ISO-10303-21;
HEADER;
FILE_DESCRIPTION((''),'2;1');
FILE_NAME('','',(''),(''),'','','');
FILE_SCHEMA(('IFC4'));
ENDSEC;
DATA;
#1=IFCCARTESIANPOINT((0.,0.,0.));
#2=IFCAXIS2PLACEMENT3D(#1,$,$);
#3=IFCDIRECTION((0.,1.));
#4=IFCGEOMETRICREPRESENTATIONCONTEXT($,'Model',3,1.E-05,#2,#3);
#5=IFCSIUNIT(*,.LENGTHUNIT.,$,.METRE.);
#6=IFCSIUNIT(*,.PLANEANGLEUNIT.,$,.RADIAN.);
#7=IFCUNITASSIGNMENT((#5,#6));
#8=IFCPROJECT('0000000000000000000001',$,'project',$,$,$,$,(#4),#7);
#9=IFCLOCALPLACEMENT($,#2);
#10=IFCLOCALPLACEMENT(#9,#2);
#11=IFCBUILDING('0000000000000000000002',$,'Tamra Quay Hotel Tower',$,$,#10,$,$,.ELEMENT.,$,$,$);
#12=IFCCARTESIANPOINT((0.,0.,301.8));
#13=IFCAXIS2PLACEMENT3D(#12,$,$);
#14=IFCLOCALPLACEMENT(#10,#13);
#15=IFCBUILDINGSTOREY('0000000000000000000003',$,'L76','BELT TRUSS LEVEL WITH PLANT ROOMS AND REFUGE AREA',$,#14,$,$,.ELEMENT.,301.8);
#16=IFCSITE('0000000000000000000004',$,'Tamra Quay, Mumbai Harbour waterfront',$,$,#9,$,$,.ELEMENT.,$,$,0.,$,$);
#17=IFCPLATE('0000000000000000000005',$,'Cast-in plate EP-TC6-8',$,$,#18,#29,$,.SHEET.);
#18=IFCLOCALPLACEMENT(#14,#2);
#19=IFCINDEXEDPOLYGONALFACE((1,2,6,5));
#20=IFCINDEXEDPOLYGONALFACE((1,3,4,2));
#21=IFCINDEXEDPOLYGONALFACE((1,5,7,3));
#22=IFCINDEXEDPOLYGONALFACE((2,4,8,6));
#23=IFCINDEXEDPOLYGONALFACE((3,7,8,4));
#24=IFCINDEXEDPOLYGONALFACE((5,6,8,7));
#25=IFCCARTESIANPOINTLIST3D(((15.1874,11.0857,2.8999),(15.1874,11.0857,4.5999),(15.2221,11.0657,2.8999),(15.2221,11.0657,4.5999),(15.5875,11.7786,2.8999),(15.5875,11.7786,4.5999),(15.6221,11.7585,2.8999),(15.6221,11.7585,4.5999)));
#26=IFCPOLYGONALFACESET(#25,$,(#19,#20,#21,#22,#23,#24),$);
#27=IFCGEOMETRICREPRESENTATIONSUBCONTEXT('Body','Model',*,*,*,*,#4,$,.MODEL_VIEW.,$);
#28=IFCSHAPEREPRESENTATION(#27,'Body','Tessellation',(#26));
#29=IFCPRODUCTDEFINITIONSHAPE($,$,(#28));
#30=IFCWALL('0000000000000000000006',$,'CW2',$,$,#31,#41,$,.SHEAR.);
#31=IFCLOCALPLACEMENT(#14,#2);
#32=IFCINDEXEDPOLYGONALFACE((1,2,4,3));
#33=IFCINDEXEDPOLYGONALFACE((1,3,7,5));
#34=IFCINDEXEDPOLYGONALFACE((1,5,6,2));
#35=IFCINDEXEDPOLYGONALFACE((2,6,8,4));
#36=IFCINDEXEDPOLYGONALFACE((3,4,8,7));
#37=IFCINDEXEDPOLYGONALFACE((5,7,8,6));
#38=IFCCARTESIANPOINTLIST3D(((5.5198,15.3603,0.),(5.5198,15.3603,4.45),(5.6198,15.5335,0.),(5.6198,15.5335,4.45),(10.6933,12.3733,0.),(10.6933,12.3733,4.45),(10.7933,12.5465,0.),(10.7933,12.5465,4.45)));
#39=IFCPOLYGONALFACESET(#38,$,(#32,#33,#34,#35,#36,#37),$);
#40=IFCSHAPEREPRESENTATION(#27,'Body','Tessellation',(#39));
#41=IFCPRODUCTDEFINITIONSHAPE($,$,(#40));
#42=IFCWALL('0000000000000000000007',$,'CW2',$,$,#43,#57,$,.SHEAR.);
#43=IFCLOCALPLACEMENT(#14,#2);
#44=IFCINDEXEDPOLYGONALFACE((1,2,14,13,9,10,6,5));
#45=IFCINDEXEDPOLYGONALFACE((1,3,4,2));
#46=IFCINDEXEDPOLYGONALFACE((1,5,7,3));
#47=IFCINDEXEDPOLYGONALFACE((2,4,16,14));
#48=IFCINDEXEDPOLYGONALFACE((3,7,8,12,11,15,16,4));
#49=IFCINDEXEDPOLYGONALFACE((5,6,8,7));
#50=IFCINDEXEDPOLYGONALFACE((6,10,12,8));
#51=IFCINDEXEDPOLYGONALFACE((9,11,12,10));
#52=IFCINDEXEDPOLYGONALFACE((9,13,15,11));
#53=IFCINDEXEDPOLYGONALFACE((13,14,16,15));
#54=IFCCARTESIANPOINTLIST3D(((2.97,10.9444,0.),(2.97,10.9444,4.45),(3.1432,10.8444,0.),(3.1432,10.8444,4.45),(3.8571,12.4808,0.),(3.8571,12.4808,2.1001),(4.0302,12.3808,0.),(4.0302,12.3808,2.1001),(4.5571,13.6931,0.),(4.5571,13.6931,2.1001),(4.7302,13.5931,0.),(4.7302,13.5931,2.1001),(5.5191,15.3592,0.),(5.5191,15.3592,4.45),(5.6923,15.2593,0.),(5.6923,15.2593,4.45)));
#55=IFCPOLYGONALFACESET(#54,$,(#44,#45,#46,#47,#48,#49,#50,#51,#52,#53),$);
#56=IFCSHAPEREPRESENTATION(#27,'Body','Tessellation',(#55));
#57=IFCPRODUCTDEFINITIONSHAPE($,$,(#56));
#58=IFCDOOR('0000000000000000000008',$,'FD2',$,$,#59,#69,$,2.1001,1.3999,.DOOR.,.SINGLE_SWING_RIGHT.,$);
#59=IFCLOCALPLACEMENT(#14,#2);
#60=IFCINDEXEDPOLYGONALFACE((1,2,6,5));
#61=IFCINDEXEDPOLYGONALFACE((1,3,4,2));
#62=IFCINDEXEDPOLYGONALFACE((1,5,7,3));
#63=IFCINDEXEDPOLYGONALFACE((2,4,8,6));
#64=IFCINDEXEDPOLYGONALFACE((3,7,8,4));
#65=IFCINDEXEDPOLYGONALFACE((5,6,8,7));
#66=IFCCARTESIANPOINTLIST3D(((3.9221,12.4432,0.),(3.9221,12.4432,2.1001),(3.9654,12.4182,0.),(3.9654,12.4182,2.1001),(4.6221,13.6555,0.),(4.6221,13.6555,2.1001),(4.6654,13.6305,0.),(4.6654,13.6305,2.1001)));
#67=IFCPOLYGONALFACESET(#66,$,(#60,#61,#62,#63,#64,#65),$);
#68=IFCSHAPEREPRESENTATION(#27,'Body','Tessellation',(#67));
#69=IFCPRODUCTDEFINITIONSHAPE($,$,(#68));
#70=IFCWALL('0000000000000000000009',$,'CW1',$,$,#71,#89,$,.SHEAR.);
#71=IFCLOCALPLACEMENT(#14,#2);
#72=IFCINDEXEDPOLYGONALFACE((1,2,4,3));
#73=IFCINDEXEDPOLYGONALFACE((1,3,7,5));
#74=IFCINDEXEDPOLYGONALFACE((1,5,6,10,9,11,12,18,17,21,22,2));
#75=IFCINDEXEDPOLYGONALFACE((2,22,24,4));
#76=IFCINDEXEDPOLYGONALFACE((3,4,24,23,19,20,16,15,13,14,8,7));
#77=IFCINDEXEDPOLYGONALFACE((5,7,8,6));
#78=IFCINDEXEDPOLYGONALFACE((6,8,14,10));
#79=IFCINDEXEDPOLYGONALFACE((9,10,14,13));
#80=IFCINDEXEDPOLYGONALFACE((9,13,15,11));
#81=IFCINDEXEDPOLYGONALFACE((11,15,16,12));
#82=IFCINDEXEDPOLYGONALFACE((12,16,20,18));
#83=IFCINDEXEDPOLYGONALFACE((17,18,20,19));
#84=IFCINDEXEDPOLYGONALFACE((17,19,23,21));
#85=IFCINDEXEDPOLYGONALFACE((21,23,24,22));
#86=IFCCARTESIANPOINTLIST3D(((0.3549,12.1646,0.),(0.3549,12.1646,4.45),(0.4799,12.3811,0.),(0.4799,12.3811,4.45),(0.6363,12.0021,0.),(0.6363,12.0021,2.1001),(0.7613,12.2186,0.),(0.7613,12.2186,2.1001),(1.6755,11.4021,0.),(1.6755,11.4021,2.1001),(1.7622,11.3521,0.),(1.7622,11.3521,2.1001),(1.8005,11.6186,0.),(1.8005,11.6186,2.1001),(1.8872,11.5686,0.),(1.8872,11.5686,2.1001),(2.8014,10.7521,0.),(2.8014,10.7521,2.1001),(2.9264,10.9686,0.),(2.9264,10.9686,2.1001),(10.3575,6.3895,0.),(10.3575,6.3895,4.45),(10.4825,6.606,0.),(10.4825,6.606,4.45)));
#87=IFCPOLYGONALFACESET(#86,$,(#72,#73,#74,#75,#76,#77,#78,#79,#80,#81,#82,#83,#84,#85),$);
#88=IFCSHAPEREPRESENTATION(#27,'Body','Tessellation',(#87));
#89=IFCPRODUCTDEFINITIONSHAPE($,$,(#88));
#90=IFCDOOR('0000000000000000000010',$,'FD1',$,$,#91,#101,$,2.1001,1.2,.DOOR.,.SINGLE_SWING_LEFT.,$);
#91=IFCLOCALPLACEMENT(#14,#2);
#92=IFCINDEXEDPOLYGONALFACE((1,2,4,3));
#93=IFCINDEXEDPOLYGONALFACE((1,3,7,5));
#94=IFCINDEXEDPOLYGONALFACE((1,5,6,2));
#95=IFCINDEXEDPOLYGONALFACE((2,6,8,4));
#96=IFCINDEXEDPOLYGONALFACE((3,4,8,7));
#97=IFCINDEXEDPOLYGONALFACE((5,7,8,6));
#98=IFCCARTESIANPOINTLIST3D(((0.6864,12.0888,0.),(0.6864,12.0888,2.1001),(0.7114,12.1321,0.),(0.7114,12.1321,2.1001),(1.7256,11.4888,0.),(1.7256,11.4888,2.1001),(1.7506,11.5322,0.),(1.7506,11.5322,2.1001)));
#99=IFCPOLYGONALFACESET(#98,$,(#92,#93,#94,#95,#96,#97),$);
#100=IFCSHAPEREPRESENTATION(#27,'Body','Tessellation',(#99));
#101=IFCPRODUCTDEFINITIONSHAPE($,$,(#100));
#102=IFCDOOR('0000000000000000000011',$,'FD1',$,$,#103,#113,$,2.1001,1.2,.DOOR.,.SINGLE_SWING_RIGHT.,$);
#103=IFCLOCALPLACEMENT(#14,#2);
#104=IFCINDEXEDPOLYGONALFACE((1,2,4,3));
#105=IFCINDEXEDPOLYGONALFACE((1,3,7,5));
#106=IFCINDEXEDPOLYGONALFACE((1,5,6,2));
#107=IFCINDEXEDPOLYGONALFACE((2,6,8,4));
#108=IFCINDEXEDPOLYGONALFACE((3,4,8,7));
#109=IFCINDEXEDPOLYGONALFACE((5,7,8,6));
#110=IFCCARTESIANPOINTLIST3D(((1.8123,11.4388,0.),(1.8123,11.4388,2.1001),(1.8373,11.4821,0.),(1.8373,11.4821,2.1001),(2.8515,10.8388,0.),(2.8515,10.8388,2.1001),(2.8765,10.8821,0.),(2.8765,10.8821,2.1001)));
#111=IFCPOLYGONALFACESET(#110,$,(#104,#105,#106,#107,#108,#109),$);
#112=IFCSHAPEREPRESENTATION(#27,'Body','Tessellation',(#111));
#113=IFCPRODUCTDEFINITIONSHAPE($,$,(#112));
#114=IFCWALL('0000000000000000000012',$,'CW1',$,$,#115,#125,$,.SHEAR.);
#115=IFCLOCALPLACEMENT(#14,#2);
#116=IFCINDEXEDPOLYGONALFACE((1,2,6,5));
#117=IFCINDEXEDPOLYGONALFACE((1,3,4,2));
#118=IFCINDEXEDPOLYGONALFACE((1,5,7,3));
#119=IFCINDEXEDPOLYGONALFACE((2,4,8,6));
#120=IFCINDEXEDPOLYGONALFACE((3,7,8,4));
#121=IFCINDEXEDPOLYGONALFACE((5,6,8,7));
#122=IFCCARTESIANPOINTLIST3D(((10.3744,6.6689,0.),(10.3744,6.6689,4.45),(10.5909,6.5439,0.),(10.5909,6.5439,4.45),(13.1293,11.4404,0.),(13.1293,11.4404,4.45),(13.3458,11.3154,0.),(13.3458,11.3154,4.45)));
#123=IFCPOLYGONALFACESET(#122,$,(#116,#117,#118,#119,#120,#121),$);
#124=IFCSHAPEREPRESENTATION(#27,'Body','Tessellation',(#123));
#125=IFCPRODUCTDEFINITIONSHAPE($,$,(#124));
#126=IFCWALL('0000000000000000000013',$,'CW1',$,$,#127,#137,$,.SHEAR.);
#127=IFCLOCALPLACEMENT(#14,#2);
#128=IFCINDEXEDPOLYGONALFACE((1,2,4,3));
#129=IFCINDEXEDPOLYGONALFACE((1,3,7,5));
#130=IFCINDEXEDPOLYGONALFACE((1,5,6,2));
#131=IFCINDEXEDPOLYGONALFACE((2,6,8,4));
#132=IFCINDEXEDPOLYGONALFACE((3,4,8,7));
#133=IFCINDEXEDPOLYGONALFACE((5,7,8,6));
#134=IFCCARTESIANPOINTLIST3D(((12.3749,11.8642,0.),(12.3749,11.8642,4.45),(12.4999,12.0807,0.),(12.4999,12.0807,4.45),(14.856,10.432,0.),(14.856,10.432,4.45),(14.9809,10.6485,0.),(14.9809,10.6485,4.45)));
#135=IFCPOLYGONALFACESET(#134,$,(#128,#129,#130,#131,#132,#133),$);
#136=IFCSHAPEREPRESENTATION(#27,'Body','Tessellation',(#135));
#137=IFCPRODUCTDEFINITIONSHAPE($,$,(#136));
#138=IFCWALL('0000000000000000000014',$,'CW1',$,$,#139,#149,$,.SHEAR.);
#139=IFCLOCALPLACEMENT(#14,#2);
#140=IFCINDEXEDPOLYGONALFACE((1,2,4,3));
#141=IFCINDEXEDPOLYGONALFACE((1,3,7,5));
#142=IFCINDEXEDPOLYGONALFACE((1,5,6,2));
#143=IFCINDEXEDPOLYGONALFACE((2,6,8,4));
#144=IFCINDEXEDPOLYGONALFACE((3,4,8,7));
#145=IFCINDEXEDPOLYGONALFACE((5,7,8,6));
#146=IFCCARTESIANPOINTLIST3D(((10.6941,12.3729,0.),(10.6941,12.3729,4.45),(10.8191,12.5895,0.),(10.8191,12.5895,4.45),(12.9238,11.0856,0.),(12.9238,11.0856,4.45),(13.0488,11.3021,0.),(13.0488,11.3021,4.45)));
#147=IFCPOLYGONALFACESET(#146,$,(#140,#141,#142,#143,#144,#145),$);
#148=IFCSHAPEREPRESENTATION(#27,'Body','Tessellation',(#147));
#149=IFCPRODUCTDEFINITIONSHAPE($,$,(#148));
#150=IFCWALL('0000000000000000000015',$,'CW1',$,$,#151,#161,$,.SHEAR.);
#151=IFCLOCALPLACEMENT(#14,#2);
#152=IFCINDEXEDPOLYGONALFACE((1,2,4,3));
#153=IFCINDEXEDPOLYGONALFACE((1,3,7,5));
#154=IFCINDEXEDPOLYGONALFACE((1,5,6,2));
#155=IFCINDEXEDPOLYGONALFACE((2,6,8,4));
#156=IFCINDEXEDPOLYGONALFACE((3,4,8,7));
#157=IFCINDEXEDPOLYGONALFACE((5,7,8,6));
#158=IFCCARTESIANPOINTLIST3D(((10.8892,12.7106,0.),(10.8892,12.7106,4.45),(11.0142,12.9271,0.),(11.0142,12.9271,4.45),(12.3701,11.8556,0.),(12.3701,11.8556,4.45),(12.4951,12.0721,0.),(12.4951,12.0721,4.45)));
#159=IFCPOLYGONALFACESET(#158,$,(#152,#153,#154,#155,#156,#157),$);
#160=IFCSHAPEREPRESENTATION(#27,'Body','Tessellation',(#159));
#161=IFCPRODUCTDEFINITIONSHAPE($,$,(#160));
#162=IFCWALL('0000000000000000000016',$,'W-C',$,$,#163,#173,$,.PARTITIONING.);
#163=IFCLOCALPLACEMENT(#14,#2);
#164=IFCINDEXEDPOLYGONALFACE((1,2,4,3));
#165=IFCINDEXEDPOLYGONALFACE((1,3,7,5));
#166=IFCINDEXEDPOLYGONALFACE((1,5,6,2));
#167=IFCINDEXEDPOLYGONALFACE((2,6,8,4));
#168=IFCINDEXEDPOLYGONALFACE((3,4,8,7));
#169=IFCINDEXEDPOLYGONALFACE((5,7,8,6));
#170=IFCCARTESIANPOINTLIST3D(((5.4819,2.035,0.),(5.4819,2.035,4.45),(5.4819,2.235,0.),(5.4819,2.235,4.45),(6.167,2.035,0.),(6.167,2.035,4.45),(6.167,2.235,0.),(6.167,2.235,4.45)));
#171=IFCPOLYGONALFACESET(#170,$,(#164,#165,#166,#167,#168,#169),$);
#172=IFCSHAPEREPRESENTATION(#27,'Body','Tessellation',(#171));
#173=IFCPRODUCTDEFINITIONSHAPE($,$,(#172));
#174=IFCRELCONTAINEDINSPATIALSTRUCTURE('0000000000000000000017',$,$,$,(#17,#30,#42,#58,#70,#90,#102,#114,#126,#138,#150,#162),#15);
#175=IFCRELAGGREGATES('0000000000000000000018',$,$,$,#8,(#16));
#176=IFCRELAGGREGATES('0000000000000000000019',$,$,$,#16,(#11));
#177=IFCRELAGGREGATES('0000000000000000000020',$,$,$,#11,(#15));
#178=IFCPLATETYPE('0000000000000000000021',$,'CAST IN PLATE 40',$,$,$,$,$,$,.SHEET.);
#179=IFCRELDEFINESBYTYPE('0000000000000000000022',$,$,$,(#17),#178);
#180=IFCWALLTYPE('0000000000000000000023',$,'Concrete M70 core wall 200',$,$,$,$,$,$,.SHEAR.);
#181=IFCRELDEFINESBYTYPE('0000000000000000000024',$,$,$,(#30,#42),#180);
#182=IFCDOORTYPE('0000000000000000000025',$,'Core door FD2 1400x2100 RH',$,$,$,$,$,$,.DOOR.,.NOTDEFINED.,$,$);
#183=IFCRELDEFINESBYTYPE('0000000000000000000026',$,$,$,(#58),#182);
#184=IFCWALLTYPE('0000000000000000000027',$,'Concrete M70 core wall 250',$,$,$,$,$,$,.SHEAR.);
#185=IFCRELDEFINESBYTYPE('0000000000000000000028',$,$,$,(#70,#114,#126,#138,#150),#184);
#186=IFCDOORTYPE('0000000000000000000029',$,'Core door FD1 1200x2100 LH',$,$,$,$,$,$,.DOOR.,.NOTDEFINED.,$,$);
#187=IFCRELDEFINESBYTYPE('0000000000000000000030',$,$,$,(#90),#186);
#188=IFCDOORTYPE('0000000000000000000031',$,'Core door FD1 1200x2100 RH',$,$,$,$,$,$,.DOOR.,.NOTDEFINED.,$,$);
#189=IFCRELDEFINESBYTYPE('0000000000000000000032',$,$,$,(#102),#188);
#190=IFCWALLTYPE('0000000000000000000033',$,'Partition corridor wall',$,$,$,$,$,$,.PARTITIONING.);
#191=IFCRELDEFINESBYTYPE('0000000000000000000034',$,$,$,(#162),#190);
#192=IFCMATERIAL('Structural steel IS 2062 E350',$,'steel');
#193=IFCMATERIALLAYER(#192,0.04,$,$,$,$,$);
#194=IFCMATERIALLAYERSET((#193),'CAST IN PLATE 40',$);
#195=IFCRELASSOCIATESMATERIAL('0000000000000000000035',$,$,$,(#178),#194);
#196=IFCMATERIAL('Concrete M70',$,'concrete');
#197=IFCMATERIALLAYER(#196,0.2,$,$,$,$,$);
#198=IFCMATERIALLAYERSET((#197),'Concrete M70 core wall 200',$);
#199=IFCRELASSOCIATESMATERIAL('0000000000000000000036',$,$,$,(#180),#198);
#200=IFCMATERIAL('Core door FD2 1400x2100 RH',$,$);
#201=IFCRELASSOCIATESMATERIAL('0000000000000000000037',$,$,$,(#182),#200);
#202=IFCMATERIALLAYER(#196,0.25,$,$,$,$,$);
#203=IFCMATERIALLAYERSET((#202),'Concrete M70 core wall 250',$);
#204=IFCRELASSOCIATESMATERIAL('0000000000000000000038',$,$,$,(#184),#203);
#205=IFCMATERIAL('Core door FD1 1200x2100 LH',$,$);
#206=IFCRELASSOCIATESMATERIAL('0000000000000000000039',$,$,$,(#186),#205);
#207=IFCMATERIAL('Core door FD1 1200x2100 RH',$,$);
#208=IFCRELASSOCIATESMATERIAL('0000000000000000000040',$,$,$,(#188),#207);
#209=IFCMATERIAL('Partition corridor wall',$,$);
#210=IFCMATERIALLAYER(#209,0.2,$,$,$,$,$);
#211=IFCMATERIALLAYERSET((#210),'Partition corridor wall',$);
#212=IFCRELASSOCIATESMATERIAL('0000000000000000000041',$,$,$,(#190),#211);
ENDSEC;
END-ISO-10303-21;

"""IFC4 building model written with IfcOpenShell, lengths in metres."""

from ifc_helpers import new_model, si_unit, direction, frame, frame_2d, origin, origin_2d, place, context, subcontext, project, spatial, rectangle, extrude, material, layer, layer_set, type_object, element, fill, save


model = new_model("IFC4")

# Units and contexts
model_context = context("Model", 3, precision=1e-05, world=origin(), true_north=direction((0.0, 1.0)))
body_context = subcontext(model_context, "Body", "Model", "MODEL_VIEW")
ifc_project = project(units=[si_unit("LENGTHUNIT", "METRE"), si_unit("PLANEANGLEUNIT", "RADIAN")], contexts=[model_context])

# Site, building, storey
site_placement = place(None, origin())
site = spatial("IfcSite", under=ifc_project, at=site_placement, Name="Tamra Quay, Mumbai Harbour waterfront", CompositionType="ELEMENT", RefElevation=0.0)
building_placement = place(site_placement, origin())
building = spatial("IfcBuilding", under=site, at=building_placement, Name="Tamra Quay Hotel Tower", CompositionType="ELEMENT")
storey_placement = place(building_placement, frame((0.0, 0.0, 301.8)))
storey = spatial("IfcBuildingStorey", under=building, at=storey_placement, Name="L76", Description="BELT TRUSS LEVEL WITH PLANT ROOMS AND REFUGE AREA", CompositionType="ELEMENT", Elevation=301.8)

# Plate
ifc_material_1 = material(Name="Structural steel IS 2062 E350", Category="steel")
ifc_layer_1 = layer(ifc_material_1, 0.04)
ifc_layer_set_1 = layer_set([ifc_layer_1], Name="CAST IN PLATE 40")
plate_type = type_object("IfcPlateType", Name="CAST IN PLATE 40", PredefinedType="SHEET", material=ifc_layer_set_1)
plate_placement = place(storey_placement, frame((15.4048, 11.4221, 2.8999), z_axis=(0.0, 0.0, 1.0), x_axis=(-0.866025, 0.5, 0.0)))
element("IfcPlate", 1, at=plate_placement, inside=storey, type_object=plate_type, Name="Cast-in plate EP-TC6-8", PredefinedType="SHEET", context=body_context, shape_type="SweptSolid", body=[
    extrude(rectangle(XDim=0.04, YDim=0.8, at=origin_2d()), origin(), (0.0, 0.0, 1.0), 1.7),
])

# Wall
ifc_material_2 = material(Name="Concrete M70", Category="concrete")
ifc_layer_2 = layer(ifc_material_2, 0.2)
ifc_layer_set_2 = layer_set([ifc_layer_2], Name="Concrete M70 core wall 200")
wall_type_1 = type_object("IfcWallType", Name="Concrete M70 core wall 200", PredefinedType="SHEAR", material=ifc_layer_set_2)
wall_1_placement = place(storey_placement, frame((10.7432, 12.46, 0.0), z_axis=(0.0, 0.0, 1.0), x_axis=(-0.866019, 0.500011, 0.0)))
element("IfcWall", 2, at=wall_1_placement, inside=storey, type_object=wall_type_1, Name="CW2", PredefinedType="SHEAR", context=body_context, shape_type="SweptSolid", body=[
    extrude(rectangle(XDim=5.9739, YDim=0.2, at=frame_2d((2.9868, 0.0))), origin(), (0.0, 0.0, 1.0), 4.45),
])

# Wall, opening, door
wall_2_placement = place(storey_placement, frame((3.0566, 10.8945, 0.0), z_axis=(0.0, 0.0, 1.0), x_axis=(0.500028, 0.866009, 0.0)))
wall_2 = element("IfcWall", 3, at=wall_2_placement, inside=storey, type_object=wall_type_1, Name="CW2", PredefinedType="SHEAR", context=body_context, shape_type="SweptSolid", body=[
    extrude(rectangle(XDim=5.0979, YDim=0.2, at=frame_2d((2.5488, 0.0))), origin(), (0.0, 0.0, 1.0), 4.45),
])
opening_1_placement = place(wall_2_placement, frame((1.7739, 0.0, 0.0)))
opening_1 = element("IfcOpeningElement", 4, at=opening_1_placement, cuts=wall_2, PredefinedType="OPENING", context=body_context, shape_type="SweptSolid", body=[
    extrude(rectangle(XDim=1.3999, YDim=2.1001, at=frame_2d((0.7, 1.05))), frame((0.0, 0.1099, 0.0), z_axis=(0.0, -1.0, 0.0), x_axis=(1.0, 0.0, 0.0)), (0.0, 0.0, 1.0), 0.22),
])
ifc_material_3 = material(Name="Core door FD2 1400x2100 RH")
door_type_1 = type_object("IfcDoorType", Name="Core door FD2 1400x2100 RH", OperationType="NOTDEFINED", PredefinedType="DOOR", material=ifc_material_3)
door_1_placement = place(opening_1_placement, origin())
door_1 = element("IfcDoor", 5, at=door_1_placement, inside=storey, type_object=door_type_1, Name="FD2", OperationType="SINGLE_SWING_RIGHT", OverallHeight=2.1001, OverallWidth=1.3999, PredefinedType="DOOR", context=body_context, shape_type="SweptSolid", body=[
    extrude(rectangle(XDim=1.3999, YDim=2.1001, at=frame_2d((0.7, 1.05))), frame((0.0, 0.0249, 0.0), z_axis=(0.0, -1.0, 0.0), x_axis=(1.0, 0.0, 0.0)), (0.0, 0.0, 1.0), 0.05),
])
fill(opening_1, door_1)

# Wall, openings, doors
ifc_layer_3 = layer(ifc_material_2, 0.25)
ifc_layer_set_3 = layer_set([ifc_layer_3], Name="Concrete M70 core wall 250")
wall_type_2 = type_object("IfcWallType", Name="Concrete M70 core wall 250", PredefinedType="SHEAR", material=ifc_layer_set_3)
wall_3_placement = place(storey_placement, frame((10.4199, 6.4978, 0.0), z_axis=(0.0, 0.0, 1.0), x_axis=(-0.866022, 0.500006, 0.0)))
wall_3 = element("IfcWall", 6, at=wall_3_placement, inside=storey, type_object=wall_type_2, Name="CW1", PredefinedType="SHEAR", context=body_context, shape_type="SweptSolid", body=[
    extrude(rectangle(XDim=11.55, YDim=0.25, at=frame_2d((5.7749, 0.0))), origin(), (0.0, 0.0, 1.0), 4.45),
])
opening_2_placement = place(wall_3_placement, frame((10.0249, 0.0, 0.0)))
opening_2 = element("IfcOpeningElement", 7, at=opening_2_placement, cuts=wall_3, PredefinedType="OPENING", context=body_context, shape_type="SweptSolid", body=[
    extrude(rectangle(XDim=1.2, YDim=2.1001, at=frame_2d((0.6001, 1.05))), frame((0.0, 0.135, 0.0), z_axis=(0.0, -1.0, 0.0), x_axis=(1.0, 0.0, 0.0)), (0.0, 0.0, 1.0), 0.27),
])
opening_3_placement = place(wall_3_placement, frame((8.7249, 0.0, 0.0)))
opening_3 = element("IfcOpeningElement", 8, at=opening_3_placement, cuts=wall_3, PredefinedType="OPENING", context=body_context, shape_type="SweptSolid", body=[
    extrude(rectangle(XDim=1.2, YDim=2.1001, at=frame_2d((0.6001, 1.05))), frame((0.0, 0.135, 0.0), z_axis=(0.0, -1.0, 0.0), x_axis=(1.0, 0.0, 0.0)), (0.0, 0.0, 1.0), 0.27),
])
ifc_material_4 = material(Name="Core door FD1 1200x2100 LH")
door_type_2 = type_object("IfcDoorType", Name="Core door FD1 1200x2100 LH", OperationType="NOTDEFINED", PredefinedType="DOOR", material=ifc_material_4)
door_2_placement = place(opening_2_placement, origin())
door_2 = element("IfcDoor", 9, at=door_2_placement, inside=storey, type_object=door_type_2, Name="FD1", OperationType="SINGLE_SWING_LEFT", OverallHeight=2.1001, OverallWidth=1.2, PredefinedType="DOOR", context=body_context, shape_type="SweptSolid", body=[
    extrude(rectangle(XDim=1.2, YDim=2.1001, at=frame_2d((0.6001, 1.05))), frame((0.0, 0.0249, 0.0), z_axis=(0.0, -1.0, 0.0), x_axis=(1.0, 0.0, 0.0)), (0.0, 0.0, 1.0), 0.05),
])
fill(opening_2, door_2)
ifc_material_5 = material(Name="Core door FD1 1200x2100 RH")
door_type_3 = type_object("IfcDoorType", Name="Core door FD1 1200x2100 RH", OperationType="NOTDEFINED", PredefinedType="DOOR", material=ifc_material_5)
door_3_placement = place(opening_3_placement, origin())
door_3 = element("IfcDoor", 10, at=door_3_placement, inside=storey, type_object=door_type_3, Name="FD1", OperationType="SINGLE_SWING_RIGHT", OverallHeight=2.1001, OverallWidth=1.2, PredefinedType="DOOR", context=body_context, shape_type="SweptSolid", body=[
    extrude(rectangle(XDim=1.2, YDim=2.1001, at=frame_2d((0.6001, 1.05))), frame((0.0, 0.0249, 0.0), z_axis=(0.0, -1.0, 0.0), x_axis=(1.0, 0.0, 0.0)), (0.0, 0.0, 1.0), 0.05),
])
fill(opening_3, door_3)

# Walls
wall_4_placement = place(storey_placement, frame((13.2375, 11.3779, 0.0), z_axis=(0.0, 0.0, 1.0), x_axis=(-0.500009, -0.86602, 0.0)))
element("IfcWall", 11, at=wall_4_placement, inside=storey, type_object=wall_type_2, Name="CW1", PredefinedType="SHEAR", context=body_context, shape_type="SweptSolid", body=[
    extrude(rectangle(XDim=5.5098, YDim=0.25, at=frame_2d((2.7549, 0.0))), origin(), (0.0, 0.0, 1.0), 4.45),
])
wall_5_placement = place(storey_placement, frame((14.9185, 10.5403, 0.0), z_axis=(0.0, 0.0, 1.0), x_axis=(-0.866064, 0.499934, 0.0)))
element("IfcWall", 12, at=wall_5_placement, inside=storey, type_object=wall_type_2, Name="CW1", PredefinedType="SHEAR", context=body_context, shape_type="SweptSolid", body=[
    extrude(rectangle(XDim=2.8647, YDim=0.25, at=frame_2d((1.4324, 0.0))), origin(), (0.0, 0.0, 1.0), 4.45),
])
wall_6_placement = place(storey_placement, frame((10.7566, 12.4812, 0.0), z_axis=(0.0, 0.0, 1.0), x_axis=(0.866023, -0.500004, 0.0)))
element("IfcWall", 13, at=wall_6_placement, inside=storey, type_object=wall_type_2, Name="CW1", PredefinedType="SHEAR", context=body_context, shape_type="SweptSolid", body=[
    extrude(rectangle(XDim=2.5747, YDim=0.25, at=frame_2d((1.2874, 0.0))), origin(), (0.0, 0.0, 1.0), 4.45),
])
wall_7_placement = place(storey_placement, frame((12.4326, 11.9639, 0.0), z_axis=(0.0, 0.0, 1.0), x_axis=(-0.866038, 0.499978, 0.0)))
element("IfcWall", 14, at=wall_7_placement, inside=storey, type_object=wall_type_2, Name="CW1", PredefinedType="SHEAR", context=body_context, shape_type="SweptSolid", body=[
    extrude(rectangle(XDim=1.71, YDim=0.25, at=frame_2d((0.855, 0.0))), origin(), (0.0, 0.0, 1.0), 4.45),
])
ifc_material_6 = material(Name="Partition corridor wall")
ifc_layer_4 = layer(ifc_material_6, 0.2)
ifc_layer_set_4 = layer_set([ifc_layer_4], Name="Partition corridor wall")
wall_type_3 = type_object("IfcWallType", Name="Partition corridor wall", PredefinedType="PARTITIONING", material=ifc_layer_set_4)
wall_8_placement = place(storey_placement, frame((5.4819, 2.135, 0.0), z_axis=(0.0, 0.0, 1.0), x_axis=(1.0, 0.0, 0.0)))
element("IfcWall", 15, at=wall_8_placement, inside=storey, type_object=wall_type_3, Name="W-C", PredefinedType="PARTITIONING", context=body_context, shape_type="SweptSolid", body=[
    extrude(rectangle(XDim=0.6851, YDim=0.2, at=frame_2d((0.3425, 0.0))), origin(), (0.0, 0.0, 1.0), 4.45),
])

save(model, "model.ifc")
